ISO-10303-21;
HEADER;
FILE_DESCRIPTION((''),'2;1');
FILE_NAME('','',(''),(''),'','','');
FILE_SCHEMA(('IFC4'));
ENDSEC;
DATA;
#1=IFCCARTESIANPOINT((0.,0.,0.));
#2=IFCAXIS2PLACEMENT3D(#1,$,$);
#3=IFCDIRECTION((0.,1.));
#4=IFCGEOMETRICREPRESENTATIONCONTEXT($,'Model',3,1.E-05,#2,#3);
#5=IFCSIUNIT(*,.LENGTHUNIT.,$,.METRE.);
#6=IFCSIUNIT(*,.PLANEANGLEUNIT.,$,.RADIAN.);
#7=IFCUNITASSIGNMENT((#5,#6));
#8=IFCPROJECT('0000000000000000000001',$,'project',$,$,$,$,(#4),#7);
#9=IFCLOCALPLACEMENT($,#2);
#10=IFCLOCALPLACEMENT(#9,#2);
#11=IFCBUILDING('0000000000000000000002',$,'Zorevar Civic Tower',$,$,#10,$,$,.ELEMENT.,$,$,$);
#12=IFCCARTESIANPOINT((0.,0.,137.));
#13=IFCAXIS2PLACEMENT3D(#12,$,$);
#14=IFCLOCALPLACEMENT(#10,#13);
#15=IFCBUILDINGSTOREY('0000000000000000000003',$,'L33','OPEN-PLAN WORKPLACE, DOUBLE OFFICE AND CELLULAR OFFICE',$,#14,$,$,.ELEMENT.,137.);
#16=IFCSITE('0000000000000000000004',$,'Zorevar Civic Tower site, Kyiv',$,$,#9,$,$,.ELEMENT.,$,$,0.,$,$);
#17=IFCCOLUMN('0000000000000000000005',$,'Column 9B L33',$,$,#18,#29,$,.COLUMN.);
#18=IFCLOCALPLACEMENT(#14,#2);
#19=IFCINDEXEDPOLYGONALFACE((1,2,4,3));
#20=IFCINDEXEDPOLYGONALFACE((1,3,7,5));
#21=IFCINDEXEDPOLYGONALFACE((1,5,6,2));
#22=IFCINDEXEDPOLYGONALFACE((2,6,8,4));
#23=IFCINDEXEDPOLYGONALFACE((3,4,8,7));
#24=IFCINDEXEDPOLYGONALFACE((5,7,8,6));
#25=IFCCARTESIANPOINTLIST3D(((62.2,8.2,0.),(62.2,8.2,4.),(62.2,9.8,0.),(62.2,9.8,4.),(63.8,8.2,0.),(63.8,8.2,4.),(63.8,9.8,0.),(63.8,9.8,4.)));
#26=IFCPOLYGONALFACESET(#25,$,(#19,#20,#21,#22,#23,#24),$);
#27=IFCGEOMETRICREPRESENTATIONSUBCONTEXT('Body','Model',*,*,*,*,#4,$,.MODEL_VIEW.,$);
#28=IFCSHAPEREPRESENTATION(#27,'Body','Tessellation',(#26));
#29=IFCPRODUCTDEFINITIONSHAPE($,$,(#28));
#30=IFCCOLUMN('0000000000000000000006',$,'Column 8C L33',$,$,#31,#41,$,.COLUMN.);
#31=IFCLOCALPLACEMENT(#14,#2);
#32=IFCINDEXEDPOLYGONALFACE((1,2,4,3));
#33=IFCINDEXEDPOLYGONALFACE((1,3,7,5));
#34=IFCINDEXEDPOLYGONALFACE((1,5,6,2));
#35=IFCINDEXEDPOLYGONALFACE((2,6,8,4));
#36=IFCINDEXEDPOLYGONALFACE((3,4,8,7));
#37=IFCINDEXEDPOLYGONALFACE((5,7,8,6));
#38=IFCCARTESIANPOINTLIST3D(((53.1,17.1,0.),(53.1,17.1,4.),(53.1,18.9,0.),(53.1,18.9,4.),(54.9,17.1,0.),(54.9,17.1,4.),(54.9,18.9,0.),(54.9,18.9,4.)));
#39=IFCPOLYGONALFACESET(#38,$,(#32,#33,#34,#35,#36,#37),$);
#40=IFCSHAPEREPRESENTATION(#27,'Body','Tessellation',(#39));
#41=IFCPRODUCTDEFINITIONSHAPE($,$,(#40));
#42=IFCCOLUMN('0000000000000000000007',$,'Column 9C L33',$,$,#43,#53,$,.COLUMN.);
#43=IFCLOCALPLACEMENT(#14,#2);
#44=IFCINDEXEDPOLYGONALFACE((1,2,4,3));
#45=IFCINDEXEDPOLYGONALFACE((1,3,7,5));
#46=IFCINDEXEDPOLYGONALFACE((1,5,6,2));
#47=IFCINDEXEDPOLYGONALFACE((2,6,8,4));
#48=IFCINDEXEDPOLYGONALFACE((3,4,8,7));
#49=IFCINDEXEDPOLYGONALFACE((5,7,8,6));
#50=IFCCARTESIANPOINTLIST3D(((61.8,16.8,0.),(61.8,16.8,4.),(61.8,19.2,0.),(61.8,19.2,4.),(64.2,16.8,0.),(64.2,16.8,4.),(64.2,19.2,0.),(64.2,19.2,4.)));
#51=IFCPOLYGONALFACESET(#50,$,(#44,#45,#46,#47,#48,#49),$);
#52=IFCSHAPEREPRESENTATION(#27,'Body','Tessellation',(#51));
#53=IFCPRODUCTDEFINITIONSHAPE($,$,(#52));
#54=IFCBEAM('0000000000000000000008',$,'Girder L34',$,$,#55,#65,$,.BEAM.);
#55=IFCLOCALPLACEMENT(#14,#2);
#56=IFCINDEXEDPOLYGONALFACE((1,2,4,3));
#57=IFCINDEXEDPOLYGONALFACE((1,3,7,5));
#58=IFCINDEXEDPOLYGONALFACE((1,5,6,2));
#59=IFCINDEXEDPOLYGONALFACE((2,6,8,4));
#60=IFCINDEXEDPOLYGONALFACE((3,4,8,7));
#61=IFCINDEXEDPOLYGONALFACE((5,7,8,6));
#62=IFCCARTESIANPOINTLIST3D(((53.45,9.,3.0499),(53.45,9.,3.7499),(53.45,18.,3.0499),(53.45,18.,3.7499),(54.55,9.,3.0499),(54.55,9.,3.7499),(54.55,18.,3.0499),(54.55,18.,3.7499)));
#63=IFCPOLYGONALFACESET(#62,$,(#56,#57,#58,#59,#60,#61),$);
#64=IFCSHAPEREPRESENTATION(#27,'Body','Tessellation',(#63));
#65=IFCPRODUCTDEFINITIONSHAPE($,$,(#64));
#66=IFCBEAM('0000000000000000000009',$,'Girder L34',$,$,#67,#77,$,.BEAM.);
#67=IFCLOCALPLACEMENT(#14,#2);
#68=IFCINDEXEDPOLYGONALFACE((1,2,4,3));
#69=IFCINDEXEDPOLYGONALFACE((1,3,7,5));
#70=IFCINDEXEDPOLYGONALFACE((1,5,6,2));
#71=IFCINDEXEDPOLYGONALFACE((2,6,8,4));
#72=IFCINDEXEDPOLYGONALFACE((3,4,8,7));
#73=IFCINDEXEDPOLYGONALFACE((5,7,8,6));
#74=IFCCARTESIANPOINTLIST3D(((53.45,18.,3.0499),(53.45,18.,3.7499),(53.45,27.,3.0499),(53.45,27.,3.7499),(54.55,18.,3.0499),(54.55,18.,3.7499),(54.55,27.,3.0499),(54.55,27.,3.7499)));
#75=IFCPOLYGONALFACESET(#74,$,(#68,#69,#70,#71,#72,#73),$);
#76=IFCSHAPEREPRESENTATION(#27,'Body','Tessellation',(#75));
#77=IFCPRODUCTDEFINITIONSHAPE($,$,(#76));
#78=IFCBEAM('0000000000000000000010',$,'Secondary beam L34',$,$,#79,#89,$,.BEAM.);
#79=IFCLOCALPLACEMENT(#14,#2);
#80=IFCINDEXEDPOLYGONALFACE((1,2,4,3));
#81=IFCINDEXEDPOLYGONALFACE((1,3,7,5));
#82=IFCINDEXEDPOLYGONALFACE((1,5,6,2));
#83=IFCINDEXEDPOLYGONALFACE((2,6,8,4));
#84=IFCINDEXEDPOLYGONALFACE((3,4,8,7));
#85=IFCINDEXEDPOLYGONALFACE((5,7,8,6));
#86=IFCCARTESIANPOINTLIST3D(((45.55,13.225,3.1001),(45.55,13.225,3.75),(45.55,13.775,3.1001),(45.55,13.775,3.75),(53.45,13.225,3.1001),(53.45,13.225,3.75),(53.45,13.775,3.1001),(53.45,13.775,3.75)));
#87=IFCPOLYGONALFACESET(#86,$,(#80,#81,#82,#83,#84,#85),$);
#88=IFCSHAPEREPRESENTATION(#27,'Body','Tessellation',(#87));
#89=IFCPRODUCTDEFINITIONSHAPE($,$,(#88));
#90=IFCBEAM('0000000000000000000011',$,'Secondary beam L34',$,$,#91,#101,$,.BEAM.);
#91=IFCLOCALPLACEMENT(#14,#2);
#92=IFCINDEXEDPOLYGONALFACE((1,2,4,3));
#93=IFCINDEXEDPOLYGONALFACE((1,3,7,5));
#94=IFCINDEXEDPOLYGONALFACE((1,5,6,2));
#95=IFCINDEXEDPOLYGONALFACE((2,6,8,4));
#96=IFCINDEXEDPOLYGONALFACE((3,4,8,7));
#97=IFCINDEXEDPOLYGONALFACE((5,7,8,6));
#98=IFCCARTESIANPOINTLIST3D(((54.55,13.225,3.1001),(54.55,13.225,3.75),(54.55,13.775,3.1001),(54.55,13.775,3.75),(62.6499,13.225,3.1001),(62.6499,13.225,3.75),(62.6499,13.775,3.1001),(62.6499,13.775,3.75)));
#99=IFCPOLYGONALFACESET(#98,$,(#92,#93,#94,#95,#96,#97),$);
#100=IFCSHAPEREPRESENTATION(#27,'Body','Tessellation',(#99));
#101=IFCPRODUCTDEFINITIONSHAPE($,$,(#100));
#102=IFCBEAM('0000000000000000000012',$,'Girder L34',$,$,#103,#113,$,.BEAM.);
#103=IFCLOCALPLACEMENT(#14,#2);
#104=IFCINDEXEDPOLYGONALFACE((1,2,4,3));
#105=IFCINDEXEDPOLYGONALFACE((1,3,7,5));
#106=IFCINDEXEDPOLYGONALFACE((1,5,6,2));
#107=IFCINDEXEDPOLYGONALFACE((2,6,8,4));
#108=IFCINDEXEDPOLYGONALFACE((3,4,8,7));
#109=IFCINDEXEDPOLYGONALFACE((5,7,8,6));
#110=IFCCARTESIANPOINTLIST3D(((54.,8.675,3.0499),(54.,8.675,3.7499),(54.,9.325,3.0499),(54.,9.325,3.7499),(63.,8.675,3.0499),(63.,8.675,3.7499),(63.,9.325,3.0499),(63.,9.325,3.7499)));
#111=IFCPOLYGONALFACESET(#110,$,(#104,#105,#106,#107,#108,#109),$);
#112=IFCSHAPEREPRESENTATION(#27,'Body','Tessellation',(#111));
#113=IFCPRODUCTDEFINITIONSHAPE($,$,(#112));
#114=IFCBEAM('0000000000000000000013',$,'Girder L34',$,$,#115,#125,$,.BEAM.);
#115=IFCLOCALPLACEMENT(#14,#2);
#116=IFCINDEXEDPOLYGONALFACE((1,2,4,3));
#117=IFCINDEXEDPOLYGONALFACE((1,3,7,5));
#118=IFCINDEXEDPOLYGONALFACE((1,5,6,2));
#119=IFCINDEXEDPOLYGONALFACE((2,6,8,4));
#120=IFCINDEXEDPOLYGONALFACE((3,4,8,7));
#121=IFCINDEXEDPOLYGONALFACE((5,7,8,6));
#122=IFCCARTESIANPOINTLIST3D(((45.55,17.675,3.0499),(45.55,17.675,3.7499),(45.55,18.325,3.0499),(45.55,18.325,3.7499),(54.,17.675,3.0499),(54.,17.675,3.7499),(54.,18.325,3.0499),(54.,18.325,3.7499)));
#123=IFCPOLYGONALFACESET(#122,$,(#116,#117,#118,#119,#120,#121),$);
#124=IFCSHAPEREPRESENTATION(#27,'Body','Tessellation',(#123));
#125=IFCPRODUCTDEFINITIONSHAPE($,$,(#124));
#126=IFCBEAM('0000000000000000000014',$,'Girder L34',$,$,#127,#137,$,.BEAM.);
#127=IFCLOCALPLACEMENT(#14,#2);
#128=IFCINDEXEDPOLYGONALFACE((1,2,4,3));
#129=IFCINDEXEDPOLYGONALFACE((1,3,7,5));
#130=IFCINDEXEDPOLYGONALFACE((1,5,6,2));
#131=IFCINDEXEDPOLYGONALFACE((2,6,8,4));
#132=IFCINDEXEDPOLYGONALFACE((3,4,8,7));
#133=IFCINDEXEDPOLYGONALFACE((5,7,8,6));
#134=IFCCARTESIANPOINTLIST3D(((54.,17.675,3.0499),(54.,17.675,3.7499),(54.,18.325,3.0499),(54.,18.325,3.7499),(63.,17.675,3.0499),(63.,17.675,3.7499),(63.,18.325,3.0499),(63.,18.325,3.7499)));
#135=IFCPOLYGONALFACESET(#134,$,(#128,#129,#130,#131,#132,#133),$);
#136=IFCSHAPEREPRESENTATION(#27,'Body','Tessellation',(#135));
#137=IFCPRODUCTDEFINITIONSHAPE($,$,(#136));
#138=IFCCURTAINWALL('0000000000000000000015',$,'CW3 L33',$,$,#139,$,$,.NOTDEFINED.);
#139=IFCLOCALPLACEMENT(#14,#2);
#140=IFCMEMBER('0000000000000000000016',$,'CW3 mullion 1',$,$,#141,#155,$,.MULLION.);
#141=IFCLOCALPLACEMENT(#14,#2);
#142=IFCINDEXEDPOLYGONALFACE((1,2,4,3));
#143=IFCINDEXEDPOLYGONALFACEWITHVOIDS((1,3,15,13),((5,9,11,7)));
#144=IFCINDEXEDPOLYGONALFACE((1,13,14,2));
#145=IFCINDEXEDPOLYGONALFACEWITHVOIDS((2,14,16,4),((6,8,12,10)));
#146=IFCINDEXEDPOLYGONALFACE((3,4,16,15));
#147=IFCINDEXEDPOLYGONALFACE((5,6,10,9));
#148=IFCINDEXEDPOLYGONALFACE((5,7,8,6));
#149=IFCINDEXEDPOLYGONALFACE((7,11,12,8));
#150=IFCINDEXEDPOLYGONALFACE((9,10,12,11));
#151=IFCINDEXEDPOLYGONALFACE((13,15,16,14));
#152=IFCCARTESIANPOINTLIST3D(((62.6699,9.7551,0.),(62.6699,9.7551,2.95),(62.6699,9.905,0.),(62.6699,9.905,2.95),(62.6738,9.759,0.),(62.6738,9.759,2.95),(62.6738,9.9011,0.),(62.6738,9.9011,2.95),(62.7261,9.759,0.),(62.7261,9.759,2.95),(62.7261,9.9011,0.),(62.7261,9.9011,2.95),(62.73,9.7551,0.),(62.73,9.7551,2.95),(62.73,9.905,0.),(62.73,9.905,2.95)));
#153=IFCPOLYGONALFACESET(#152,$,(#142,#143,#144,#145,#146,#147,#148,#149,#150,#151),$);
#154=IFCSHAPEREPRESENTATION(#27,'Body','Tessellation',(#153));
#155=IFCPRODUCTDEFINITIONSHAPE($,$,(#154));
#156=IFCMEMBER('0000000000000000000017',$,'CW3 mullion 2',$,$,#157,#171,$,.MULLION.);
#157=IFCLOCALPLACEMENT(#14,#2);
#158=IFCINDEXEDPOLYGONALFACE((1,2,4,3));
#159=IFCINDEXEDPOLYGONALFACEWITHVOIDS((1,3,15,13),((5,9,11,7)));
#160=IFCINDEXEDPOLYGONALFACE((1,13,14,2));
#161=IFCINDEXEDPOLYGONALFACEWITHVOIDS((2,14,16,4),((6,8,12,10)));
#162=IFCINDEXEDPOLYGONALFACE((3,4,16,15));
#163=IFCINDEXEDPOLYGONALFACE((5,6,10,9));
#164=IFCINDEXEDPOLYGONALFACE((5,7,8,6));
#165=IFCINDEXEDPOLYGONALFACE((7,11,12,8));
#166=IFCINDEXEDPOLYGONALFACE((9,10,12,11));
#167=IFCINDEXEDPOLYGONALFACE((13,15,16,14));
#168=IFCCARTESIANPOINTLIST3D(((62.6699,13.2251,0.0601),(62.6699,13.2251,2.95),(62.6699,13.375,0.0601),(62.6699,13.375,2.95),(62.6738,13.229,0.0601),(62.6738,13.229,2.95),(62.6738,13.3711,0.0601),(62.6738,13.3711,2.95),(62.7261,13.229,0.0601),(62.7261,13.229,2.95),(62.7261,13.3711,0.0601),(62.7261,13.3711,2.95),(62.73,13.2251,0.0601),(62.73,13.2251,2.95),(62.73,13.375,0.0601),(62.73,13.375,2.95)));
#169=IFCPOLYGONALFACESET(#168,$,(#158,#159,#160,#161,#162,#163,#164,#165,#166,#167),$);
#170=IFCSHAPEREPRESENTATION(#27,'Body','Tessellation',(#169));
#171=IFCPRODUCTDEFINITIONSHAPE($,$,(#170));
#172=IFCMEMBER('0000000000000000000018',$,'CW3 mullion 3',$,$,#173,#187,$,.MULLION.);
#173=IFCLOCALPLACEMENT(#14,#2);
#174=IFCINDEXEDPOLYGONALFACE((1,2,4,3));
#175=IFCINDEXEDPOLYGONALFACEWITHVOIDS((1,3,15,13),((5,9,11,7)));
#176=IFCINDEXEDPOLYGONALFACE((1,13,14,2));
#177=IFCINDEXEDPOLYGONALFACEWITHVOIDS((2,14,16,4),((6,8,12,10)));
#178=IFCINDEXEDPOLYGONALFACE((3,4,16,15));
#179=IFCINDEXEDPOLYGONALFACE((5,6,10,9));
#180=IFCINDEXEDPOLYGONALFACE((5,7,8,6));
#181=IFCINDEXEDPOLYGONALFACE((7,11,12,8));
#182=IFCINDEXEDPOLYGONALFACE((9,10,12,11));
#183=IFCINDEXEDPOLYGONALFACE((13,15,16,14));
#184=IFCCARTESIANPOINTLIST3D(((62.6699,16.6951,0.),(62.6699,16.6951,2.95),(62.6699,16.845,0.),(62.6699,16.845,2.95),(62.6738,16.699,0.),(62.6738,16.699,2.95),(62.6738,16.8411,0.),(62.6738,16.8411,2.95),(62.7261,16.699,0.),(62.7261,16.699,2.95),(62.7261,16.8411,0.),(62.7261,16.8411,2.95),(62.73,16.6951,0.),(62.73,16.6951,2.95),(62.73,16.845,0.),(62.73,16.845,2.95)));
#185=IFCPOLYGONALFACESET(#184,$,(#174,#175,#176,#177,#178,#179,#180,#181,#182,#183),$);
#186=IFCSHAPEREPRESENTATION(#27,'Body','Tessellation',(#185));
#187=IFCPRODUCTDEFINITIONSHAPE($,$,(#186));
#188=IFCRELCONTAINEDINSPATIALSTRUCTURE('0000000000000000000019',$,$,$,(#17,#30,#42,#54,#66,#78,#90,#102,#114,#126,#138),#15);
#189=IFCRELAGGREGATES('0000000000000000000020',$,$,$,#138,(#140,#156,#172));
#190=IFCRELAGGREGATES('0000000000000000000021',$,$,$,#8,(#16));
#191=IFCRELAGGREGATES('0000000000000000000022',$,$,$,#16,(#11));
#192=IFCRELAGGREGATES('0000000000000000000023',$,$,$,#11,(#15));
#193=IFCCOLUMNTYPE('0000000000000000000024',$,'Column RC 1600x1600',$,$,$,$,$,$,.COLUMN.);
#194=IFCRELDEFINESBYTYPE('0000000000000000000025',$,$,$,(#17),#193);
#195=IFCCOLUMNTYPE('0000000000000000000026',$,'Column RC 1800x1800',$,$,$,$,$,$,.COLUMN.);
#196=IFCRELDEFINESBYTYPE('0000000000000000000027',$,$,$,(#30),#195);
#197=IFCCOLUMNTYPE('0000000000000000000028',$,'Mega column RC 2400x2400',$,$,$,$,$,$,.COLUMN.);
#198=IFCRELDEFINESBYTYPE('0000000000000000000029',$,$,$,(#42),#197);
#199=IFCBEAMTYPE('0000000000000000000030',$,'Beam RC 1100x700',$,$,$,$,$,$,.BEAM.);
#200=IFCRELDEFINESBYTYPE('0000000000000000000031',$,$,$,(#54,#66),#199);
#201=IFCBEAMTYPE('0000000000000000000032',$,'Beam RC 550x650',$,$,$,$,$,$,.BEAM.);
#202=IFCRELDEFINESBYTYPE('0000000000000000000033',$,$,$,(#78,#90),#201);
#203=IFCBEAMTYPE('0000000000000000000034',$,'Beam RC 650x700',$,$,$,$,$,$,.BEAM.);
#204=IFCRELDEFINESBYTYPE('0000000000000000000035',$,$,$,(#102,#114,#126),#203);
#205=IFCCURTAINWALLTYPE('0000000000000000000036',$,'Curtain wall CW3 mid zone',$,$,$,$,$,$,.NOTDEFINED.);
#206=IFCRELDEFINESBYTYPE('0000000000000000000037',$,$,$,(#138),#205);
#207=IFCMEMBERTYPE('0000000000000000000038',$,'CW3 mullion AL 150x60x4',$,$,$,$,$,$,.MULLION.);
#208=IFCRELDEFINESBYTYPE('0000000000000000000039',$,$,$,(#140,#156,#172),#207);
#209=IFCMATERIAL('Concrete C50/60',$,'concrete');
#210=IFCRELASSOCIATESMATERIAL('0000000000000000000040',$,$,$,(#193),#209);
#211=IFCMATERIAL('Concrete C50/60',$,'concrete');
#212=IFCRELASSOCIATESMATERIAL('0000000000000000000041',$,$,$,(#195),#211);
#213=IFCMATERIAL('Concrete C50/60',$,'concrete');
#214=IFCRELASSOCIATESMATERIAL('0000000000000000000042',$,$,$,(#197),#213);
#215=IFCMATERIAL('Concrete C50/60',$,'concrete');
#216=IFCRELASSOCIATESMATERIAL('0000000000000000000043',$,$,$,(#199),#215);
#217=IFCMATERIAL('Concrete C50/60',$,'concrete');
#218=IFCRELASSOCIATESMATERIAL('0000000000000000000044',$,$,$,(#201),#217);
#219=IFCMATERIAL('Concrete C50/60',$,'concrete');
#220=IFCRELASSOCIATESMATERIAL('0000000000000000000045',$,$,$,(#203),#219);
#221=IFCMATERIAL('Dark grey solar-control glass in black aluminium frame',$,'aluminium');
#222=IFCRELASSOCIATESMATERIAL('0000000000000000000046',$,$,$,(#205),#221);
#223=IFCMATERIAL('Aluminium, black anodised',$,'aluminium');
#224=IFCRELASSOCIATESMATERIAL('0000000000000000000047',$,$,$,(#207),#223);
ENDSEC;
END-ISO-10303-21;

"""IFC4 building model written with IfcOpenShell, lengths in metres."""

from ifc_helpers import new_model, si_unit, direction, frame, origin, origin_2d, place, context, subcontext, project, spatial, rectangle, hollow_rectangle, extrude, material, material_profile, profile_set, type_object, element, aggregate, save


model = new_model("IFC4")

# Units and contexts
model_context = context("Model", 3, precision=1e-05, world=origin(), true_north=direction((0.0, 1.0)))
body_context = subcontext(model_context, "Body", "Model", "MODEL_VIEW")
ifc_project = project(units=[si_unit("LENGTHUNIT", "METRE"), si_unit("PLANEANGLEUNIT", "RADIAN")], contexts=[model_context])

# Site, building, storey
site_placement = place(None, origin())
site = spatial("IfcSite", under=ifc_project, at=site_placement, Name="Zorevar Civic Tower site, Kyiv", CompositionType="ELEMENT", RefElevation=0.0)
building_placement = place(site_placement, origin())
building = spatial("IfcBuilding", under=site, at=building_placement, Name="Zorevar Civic Tower", CompositionType="ELEMENT")
storey_placement = place(building_placement, frame((0.0, 0.0, 137.0)))
storey = spatial("IfcBuildingStorey", under=building, at=storey_placement, Name="L33", Description="OPEN-PLAN WORKPLACE, DOUBLE OFFICE AND CELLULAR OFFICE", CompositionType="ELEMENT", Elevation=137.0)

# Columns
ifc_material_1 = material(Name="Concrete C50/60", Category="concrete")
ifc_material_profile_1 = material_profile(ifc_material_1, rectangle(XDim=1.6001, YDim=1.6001, at=origin_2d()), Name="RC 1600x1600")
ifc_profile_set_1 = profile_set([ifc_material_profile_1], Name="Concrete C50/60")
column_type_1 = type_object("IfcColumnType", Name="Column RC 1600x1600", PredefinedType="COLUMN", material=ifc_profile_set_1)
column_1_placement = place(storey_placement, frame((63.0, 9.0, 0.0), z_axis=(0.0, 0.0, 1.0), x_axis=(1.0, 0.0, 0.0)))
element("IfcColumn", 1, at=column_1_placement, inside=storey, type_object=column_type_1, Name="Column 9B L33", PredefinedType="COLUMN", context=body_context, shape_type="SweptSolid", body=[
    extrude(rectangle(XDim=1.6001, YDim=1.6001, at=origin_2d()), origin(), (0.0, 0.0, 1.0), 4.0),
])
ifc_material_2 = material(Name="Concrete C50/60", Category="concrete")
ifc_material_profile_2 = material_profile(ifc_material_2, rectangle(XDim=1.8, YDim=1.8, at=origin_2d()), Name="RC 1800x1800")
ifc_profile_set_2 = profile_set([ifc_material_profile_2], Name="Concrete C50/60")
column_type_2 = type_object("IfcColumnType", Name="Column RC 1800x1800", PredefinedType="COLUMN", material=ifc_profile_set_2)
column_2_placement = place(storey_placement, frame((54.0, 18.0, 0.0), z_axis=(0.0, 0.0, 1.0), x_axis=(1.0, 0.0, 0.0)))
element("IfcColumn", 2, at=column_2_placement, inside=storey, type_object=column_type_2, Name="Column 8C L33", PredefinedType="COLUMN", context=body_context, shape_type="SweptSolid", body=[
    extrude(rectangle(XDim=1.8, YDim=1.8, at=origin_2d()), origin(), (0.0, 0.0, 1.0), 4.0),
])
ifc_material_3 = material(Name="Concrete C50/60", Category="concrete")
ifc_material_profile_3 = material_profile(ifc_material_3, rectangle(XDim=2.3999, YDim=2.3999, at=origin_2d()), Name="RC 2400x2400")
ifc_profile_set_3 = profile_set([ifc_material_profile_3], Name="Concrete C50/60")
column_type_3 = type_object("IfcColumnType", Name="Mega column RC 2400x2400", PredefinedType="COLUMN", material=ifc_profile_set_3)
column_3_placement = place(storey_placement, frame((63.0, 18.0, 0.0), z_axis=(0.0, 0.0, 1.0), x_axis=(1.0, 0.0, 0.0)))
element("IfcColumn", 3, at=column_3_placement, inside=storey, type_object=column_type_3, Name="Column 9C L33", PredefinedType="COLUMN", context=body_context, shape_type="SweptSolid", body=[
    extrude(rectangle(XDim=2.3999, YDim=2.3999, at=origin_2d()), origin(), (0.0, 0.0, 1.0), 4.0),
])

# Beams
ifc_material_4 = material(Name="Concrete C50/60", Category="concrete")
ifc_material_profile_4 = material_profile(ifc_material_4, rectangle(XDim=1.1001, YDim=0.7, at=origin_2d()), Name="RC 1100x700")
ifc_profile_set_4 = profile_set([ifc_material_profile_4], Name="Concrete C50/60")
beam_type_1 = type_object("IfcBeamType", Name="Beam RC 1100x700", PredefinedType="BEAM", material=ifc_profile_set_4)
for number, where, z_axis, x_axis, name in (
    (4, (54.0, 9.0, 3.3999), (0.0, 1.0, 0.0), (-1.0, 0.0, 0.0), "Girder L34"),
    (5, (54.0, 18.0, 3.3999), (0.0, 1.0, 0.0), (-1.0, 0.0, 0.0), "Girder L34"),
):
    element("IfcBeam", number, at=place(storey_placement, frame(where, z_axis=z_axis, x_axis=x_axis)), inside=storey, type_object=beam_type_1, Name=name, PredefinedType="BEAM", context=body_context, shape_type="SweptSolid", body=[
        extrude(rectangle(XDim=1.1001, YDim=0.7, at=origin_2d()), origin(), (0.0, 0.0, 1.0), 9.0),
    ])
ifc_material_5 = material(Name="Concrete C50/60", Category="concrete")
ifc_material_profile_5 = material_profile(ifc_material_5, rectangle(XDim=0.55, YDim=0.6499, at=origin_2d()), Name="RC 550x650")
ifc_profile_set_5 = profile_set([ifc_material_profile_5], Name="Concrete C50/60")
beam_type_2 = type_object("IfcBeamType", Name="Beam RC 550x650", PredefinedType="BEAM", material=ifc_profile_set_5)
beam_1_placement = place(storey_placement, frame((45.55, 13.5, 3.425), z_axis=(1.0, 0.0, 0.0), x_axis=(0.0, 1.0, 0.0)))
element("IfcBeam", 6, at=beam_1_placement, inside=storey, type_object=beam_type_2, Name="Secondary beam L34", PredefinedType="BEAM", context=body_context, shape_type="SweptSolid", body=[
    extrude(rectangle(XDim=0.55, YDim=0.6499, at=origin_2d()), origin(), (0.0, 0.0, 1.0), 7.8999),
])
beam_2_placement = place(storey_placement, frame((54.55, 13.5, 3.425), z_axis=(1.0, 0.0, 0.0), x_axis=(0.0, 1.0, 0.0)))
element("IfcBeam", 7, at=beam_2_placement, inside=storey, type_object=beam_type_2, Name="Secondary beam L34", PredefinedType="BEAM", context=body_context, shape_type="SweptSolid", body=[
    extrude(rectangle(XDim=0.55, YDim=0.6499, at=origin_2d()), origin(), (0.0, 0.0, 1.0), 8.0999),
])
ifc_material_6 = material(Name="Concrete C50/60", Category="concrete")
ifc_material_profile_6 = material_profile(ifc_material_6, rectangle(XDim=0.6499, YDim=0.7, at=origin_2d()), Name="RC 650x700")
ifc_profile_set_6 = profile_set([ifc_material_profile_6], Name="Concrete C50/60")
beam_type_3 = type_object("IfcBeamType", Name="Beam RC 650x700", PredefinedType="BEAM", material=ifc_profile_set_6)
beam_3_placement = place(storey_placement, frame((54.0, 9.0, 3.3999), z_axis=(1.0, 0.0, 0.0), x_axis=(0.0, 1.0, 0.0)))
element("IfcBeam", 8, at=beam_3_placement, inside=storey, type_object=beam_type_3, Name="Girder L34", PredefinedType="BEAM", context=body_context, shape_type="SweptSolid", body=[
    extrude(rectangle(XDim=0.6499, YDim=0.7, at=origin_2d()), origin(), (0.0, 0.0, 1.0), 9.0),
])
beam_4_placement = place(storey_placement, frame((45.55, 18.0, 3.3999), z_axis=(1.0, 0.0, 0.0), x_axis=(0.0, 1.0, 0.0)))
element("IfcBeam", 9, at=beam_4_placement, inside=storey, type_object=beam_type_3, Name="Girder L34", PredefinedType="BEAM", context=body_context, shape_type="SweptSolid", body=[
    extrude(rectangle(XDim=0.6499, YDim=0.7, at=origin_2d()), origin(), (0.0, 0.0, 1.0), 8.45),
])
beam_5_placement = place(storey_placement, frame((54.0, 18.0, 3.3999), z_axis=(1.0, 0.0, 0.0), x_axis=(0.0, 1.0, 0.0)))
element("IfcBeam", 10, at=beam_5_placement, inside=storey, type_object=beam_type_3, Name="Girder L34", PredefinedType="BEAM", context=body_context, shape_type="SweptSolid", body=[
    extrude(rectangle(XDim=0.6499, YDim=0.7, at=origin_2d()), origin(), (0.0, 0.0, 1.0), 9.0),
])

# Curtain wall, members
ifc_material_7 = material(Name="Dark grey solar-control glass in black aluminium frame", Category="aluminium")
curtain_wall_type = type_object("IfcCurtainWallType", Name="Curtain wall CW3 mid zone", PredefinedType="NOTDEFINED", material=ifc_material_7)
curtain_wall_1_placement = place(storey_placement, origin())
curtain_wall_1 = element("IfcCurtainWall", 11, at=curtain_wall_1_placement, inside=storey, type_object=curtain_wall_type, Name="CW3 L33", PredefinedType="NOTDEFINED")
ifc_material_8 = material(Name="Aluminium, black anodised", Category="aluminium")
ifc_material_profile_7 = material_profile(ifc_material_8, hollow_rectangle(XDim=0.0601, YDim=0.1499, WallThickness=0.0039, at=origin_2d()), Name="AL 150x60x4")
ifc_profile_set_7 = profile_set([ifc_material_profile_7], Name="Aluminium, black anodised")
member_type_1 = type_object("IfcMemberType", Name="CW3 mullion AL 150x60x4", PredefinedType="MULLION", material=ifc_profile_set_7)
member_1_placement = place(storey_placement, frame((62.7, 9.8301, 0.0), z_axis=(0.0, 0.0, 1.0), x_axis=(-1.0, 0.0, 0.0)))
member_1 = element("IfcMember", 12, at=member_1_placement, type_object=member_type_1, Name="CW3 mullion 1", PredefinedType="MULLION", context=body_context, shape_type="SweptSolid", body=[
    extrude(hollow_rectangle(XDim=0.0601, YDim=0.1499, WallThickness=0.0039, at=origin_2d()), origin(), (0.0, 0.0, 1.0), 2.95),
])
member_2_placement = place(storey_placement, frame((62.7, 13.3, 0.0601), z_axis=(0.0, 0.0, 1.0), x_axis=(-1.0, 0.0, 0.0)))
member_2 = element("IfcMember", 13, at=member_2_placement, type_object=member_type_1, Name="CW3 mullion 2", PredefinedType="MULLION", context=body_context, shape_type="SweptSolid", body=[
    extrude(hollow_rectangle(XDim=0.0601, YDim=0.1499, WallThickness=0.0039, at=origin_2d()), origin(), (0.0, 0.0, 1.0), 2.8899),
])
member_3_placement = place(storey_placement, frame((62.7, 16.77, 0.0), z_axis=(0.0, 0.0, 1.0), x_axis=(-1.0, 0.0, 0.0)))
member_3 = element("IfcMember", 14, at=member_3_placement, type_object=member_type_1, Name="CW3 mullion 3", PredefinedType="MULLION", context=body_context, shape_type="SweptSolid", body=[
    extrude(hollow_rectangle(XDim=0.0601, YDim=0.1499, WallThickness=0.0039, at=origin_2d()), origin(), (0.0, 0.0, 1.0), 2.95),
])

aggregate(curtain_wall_1, [member_1, member_2, member_3])

save(model, "model.ifc")
